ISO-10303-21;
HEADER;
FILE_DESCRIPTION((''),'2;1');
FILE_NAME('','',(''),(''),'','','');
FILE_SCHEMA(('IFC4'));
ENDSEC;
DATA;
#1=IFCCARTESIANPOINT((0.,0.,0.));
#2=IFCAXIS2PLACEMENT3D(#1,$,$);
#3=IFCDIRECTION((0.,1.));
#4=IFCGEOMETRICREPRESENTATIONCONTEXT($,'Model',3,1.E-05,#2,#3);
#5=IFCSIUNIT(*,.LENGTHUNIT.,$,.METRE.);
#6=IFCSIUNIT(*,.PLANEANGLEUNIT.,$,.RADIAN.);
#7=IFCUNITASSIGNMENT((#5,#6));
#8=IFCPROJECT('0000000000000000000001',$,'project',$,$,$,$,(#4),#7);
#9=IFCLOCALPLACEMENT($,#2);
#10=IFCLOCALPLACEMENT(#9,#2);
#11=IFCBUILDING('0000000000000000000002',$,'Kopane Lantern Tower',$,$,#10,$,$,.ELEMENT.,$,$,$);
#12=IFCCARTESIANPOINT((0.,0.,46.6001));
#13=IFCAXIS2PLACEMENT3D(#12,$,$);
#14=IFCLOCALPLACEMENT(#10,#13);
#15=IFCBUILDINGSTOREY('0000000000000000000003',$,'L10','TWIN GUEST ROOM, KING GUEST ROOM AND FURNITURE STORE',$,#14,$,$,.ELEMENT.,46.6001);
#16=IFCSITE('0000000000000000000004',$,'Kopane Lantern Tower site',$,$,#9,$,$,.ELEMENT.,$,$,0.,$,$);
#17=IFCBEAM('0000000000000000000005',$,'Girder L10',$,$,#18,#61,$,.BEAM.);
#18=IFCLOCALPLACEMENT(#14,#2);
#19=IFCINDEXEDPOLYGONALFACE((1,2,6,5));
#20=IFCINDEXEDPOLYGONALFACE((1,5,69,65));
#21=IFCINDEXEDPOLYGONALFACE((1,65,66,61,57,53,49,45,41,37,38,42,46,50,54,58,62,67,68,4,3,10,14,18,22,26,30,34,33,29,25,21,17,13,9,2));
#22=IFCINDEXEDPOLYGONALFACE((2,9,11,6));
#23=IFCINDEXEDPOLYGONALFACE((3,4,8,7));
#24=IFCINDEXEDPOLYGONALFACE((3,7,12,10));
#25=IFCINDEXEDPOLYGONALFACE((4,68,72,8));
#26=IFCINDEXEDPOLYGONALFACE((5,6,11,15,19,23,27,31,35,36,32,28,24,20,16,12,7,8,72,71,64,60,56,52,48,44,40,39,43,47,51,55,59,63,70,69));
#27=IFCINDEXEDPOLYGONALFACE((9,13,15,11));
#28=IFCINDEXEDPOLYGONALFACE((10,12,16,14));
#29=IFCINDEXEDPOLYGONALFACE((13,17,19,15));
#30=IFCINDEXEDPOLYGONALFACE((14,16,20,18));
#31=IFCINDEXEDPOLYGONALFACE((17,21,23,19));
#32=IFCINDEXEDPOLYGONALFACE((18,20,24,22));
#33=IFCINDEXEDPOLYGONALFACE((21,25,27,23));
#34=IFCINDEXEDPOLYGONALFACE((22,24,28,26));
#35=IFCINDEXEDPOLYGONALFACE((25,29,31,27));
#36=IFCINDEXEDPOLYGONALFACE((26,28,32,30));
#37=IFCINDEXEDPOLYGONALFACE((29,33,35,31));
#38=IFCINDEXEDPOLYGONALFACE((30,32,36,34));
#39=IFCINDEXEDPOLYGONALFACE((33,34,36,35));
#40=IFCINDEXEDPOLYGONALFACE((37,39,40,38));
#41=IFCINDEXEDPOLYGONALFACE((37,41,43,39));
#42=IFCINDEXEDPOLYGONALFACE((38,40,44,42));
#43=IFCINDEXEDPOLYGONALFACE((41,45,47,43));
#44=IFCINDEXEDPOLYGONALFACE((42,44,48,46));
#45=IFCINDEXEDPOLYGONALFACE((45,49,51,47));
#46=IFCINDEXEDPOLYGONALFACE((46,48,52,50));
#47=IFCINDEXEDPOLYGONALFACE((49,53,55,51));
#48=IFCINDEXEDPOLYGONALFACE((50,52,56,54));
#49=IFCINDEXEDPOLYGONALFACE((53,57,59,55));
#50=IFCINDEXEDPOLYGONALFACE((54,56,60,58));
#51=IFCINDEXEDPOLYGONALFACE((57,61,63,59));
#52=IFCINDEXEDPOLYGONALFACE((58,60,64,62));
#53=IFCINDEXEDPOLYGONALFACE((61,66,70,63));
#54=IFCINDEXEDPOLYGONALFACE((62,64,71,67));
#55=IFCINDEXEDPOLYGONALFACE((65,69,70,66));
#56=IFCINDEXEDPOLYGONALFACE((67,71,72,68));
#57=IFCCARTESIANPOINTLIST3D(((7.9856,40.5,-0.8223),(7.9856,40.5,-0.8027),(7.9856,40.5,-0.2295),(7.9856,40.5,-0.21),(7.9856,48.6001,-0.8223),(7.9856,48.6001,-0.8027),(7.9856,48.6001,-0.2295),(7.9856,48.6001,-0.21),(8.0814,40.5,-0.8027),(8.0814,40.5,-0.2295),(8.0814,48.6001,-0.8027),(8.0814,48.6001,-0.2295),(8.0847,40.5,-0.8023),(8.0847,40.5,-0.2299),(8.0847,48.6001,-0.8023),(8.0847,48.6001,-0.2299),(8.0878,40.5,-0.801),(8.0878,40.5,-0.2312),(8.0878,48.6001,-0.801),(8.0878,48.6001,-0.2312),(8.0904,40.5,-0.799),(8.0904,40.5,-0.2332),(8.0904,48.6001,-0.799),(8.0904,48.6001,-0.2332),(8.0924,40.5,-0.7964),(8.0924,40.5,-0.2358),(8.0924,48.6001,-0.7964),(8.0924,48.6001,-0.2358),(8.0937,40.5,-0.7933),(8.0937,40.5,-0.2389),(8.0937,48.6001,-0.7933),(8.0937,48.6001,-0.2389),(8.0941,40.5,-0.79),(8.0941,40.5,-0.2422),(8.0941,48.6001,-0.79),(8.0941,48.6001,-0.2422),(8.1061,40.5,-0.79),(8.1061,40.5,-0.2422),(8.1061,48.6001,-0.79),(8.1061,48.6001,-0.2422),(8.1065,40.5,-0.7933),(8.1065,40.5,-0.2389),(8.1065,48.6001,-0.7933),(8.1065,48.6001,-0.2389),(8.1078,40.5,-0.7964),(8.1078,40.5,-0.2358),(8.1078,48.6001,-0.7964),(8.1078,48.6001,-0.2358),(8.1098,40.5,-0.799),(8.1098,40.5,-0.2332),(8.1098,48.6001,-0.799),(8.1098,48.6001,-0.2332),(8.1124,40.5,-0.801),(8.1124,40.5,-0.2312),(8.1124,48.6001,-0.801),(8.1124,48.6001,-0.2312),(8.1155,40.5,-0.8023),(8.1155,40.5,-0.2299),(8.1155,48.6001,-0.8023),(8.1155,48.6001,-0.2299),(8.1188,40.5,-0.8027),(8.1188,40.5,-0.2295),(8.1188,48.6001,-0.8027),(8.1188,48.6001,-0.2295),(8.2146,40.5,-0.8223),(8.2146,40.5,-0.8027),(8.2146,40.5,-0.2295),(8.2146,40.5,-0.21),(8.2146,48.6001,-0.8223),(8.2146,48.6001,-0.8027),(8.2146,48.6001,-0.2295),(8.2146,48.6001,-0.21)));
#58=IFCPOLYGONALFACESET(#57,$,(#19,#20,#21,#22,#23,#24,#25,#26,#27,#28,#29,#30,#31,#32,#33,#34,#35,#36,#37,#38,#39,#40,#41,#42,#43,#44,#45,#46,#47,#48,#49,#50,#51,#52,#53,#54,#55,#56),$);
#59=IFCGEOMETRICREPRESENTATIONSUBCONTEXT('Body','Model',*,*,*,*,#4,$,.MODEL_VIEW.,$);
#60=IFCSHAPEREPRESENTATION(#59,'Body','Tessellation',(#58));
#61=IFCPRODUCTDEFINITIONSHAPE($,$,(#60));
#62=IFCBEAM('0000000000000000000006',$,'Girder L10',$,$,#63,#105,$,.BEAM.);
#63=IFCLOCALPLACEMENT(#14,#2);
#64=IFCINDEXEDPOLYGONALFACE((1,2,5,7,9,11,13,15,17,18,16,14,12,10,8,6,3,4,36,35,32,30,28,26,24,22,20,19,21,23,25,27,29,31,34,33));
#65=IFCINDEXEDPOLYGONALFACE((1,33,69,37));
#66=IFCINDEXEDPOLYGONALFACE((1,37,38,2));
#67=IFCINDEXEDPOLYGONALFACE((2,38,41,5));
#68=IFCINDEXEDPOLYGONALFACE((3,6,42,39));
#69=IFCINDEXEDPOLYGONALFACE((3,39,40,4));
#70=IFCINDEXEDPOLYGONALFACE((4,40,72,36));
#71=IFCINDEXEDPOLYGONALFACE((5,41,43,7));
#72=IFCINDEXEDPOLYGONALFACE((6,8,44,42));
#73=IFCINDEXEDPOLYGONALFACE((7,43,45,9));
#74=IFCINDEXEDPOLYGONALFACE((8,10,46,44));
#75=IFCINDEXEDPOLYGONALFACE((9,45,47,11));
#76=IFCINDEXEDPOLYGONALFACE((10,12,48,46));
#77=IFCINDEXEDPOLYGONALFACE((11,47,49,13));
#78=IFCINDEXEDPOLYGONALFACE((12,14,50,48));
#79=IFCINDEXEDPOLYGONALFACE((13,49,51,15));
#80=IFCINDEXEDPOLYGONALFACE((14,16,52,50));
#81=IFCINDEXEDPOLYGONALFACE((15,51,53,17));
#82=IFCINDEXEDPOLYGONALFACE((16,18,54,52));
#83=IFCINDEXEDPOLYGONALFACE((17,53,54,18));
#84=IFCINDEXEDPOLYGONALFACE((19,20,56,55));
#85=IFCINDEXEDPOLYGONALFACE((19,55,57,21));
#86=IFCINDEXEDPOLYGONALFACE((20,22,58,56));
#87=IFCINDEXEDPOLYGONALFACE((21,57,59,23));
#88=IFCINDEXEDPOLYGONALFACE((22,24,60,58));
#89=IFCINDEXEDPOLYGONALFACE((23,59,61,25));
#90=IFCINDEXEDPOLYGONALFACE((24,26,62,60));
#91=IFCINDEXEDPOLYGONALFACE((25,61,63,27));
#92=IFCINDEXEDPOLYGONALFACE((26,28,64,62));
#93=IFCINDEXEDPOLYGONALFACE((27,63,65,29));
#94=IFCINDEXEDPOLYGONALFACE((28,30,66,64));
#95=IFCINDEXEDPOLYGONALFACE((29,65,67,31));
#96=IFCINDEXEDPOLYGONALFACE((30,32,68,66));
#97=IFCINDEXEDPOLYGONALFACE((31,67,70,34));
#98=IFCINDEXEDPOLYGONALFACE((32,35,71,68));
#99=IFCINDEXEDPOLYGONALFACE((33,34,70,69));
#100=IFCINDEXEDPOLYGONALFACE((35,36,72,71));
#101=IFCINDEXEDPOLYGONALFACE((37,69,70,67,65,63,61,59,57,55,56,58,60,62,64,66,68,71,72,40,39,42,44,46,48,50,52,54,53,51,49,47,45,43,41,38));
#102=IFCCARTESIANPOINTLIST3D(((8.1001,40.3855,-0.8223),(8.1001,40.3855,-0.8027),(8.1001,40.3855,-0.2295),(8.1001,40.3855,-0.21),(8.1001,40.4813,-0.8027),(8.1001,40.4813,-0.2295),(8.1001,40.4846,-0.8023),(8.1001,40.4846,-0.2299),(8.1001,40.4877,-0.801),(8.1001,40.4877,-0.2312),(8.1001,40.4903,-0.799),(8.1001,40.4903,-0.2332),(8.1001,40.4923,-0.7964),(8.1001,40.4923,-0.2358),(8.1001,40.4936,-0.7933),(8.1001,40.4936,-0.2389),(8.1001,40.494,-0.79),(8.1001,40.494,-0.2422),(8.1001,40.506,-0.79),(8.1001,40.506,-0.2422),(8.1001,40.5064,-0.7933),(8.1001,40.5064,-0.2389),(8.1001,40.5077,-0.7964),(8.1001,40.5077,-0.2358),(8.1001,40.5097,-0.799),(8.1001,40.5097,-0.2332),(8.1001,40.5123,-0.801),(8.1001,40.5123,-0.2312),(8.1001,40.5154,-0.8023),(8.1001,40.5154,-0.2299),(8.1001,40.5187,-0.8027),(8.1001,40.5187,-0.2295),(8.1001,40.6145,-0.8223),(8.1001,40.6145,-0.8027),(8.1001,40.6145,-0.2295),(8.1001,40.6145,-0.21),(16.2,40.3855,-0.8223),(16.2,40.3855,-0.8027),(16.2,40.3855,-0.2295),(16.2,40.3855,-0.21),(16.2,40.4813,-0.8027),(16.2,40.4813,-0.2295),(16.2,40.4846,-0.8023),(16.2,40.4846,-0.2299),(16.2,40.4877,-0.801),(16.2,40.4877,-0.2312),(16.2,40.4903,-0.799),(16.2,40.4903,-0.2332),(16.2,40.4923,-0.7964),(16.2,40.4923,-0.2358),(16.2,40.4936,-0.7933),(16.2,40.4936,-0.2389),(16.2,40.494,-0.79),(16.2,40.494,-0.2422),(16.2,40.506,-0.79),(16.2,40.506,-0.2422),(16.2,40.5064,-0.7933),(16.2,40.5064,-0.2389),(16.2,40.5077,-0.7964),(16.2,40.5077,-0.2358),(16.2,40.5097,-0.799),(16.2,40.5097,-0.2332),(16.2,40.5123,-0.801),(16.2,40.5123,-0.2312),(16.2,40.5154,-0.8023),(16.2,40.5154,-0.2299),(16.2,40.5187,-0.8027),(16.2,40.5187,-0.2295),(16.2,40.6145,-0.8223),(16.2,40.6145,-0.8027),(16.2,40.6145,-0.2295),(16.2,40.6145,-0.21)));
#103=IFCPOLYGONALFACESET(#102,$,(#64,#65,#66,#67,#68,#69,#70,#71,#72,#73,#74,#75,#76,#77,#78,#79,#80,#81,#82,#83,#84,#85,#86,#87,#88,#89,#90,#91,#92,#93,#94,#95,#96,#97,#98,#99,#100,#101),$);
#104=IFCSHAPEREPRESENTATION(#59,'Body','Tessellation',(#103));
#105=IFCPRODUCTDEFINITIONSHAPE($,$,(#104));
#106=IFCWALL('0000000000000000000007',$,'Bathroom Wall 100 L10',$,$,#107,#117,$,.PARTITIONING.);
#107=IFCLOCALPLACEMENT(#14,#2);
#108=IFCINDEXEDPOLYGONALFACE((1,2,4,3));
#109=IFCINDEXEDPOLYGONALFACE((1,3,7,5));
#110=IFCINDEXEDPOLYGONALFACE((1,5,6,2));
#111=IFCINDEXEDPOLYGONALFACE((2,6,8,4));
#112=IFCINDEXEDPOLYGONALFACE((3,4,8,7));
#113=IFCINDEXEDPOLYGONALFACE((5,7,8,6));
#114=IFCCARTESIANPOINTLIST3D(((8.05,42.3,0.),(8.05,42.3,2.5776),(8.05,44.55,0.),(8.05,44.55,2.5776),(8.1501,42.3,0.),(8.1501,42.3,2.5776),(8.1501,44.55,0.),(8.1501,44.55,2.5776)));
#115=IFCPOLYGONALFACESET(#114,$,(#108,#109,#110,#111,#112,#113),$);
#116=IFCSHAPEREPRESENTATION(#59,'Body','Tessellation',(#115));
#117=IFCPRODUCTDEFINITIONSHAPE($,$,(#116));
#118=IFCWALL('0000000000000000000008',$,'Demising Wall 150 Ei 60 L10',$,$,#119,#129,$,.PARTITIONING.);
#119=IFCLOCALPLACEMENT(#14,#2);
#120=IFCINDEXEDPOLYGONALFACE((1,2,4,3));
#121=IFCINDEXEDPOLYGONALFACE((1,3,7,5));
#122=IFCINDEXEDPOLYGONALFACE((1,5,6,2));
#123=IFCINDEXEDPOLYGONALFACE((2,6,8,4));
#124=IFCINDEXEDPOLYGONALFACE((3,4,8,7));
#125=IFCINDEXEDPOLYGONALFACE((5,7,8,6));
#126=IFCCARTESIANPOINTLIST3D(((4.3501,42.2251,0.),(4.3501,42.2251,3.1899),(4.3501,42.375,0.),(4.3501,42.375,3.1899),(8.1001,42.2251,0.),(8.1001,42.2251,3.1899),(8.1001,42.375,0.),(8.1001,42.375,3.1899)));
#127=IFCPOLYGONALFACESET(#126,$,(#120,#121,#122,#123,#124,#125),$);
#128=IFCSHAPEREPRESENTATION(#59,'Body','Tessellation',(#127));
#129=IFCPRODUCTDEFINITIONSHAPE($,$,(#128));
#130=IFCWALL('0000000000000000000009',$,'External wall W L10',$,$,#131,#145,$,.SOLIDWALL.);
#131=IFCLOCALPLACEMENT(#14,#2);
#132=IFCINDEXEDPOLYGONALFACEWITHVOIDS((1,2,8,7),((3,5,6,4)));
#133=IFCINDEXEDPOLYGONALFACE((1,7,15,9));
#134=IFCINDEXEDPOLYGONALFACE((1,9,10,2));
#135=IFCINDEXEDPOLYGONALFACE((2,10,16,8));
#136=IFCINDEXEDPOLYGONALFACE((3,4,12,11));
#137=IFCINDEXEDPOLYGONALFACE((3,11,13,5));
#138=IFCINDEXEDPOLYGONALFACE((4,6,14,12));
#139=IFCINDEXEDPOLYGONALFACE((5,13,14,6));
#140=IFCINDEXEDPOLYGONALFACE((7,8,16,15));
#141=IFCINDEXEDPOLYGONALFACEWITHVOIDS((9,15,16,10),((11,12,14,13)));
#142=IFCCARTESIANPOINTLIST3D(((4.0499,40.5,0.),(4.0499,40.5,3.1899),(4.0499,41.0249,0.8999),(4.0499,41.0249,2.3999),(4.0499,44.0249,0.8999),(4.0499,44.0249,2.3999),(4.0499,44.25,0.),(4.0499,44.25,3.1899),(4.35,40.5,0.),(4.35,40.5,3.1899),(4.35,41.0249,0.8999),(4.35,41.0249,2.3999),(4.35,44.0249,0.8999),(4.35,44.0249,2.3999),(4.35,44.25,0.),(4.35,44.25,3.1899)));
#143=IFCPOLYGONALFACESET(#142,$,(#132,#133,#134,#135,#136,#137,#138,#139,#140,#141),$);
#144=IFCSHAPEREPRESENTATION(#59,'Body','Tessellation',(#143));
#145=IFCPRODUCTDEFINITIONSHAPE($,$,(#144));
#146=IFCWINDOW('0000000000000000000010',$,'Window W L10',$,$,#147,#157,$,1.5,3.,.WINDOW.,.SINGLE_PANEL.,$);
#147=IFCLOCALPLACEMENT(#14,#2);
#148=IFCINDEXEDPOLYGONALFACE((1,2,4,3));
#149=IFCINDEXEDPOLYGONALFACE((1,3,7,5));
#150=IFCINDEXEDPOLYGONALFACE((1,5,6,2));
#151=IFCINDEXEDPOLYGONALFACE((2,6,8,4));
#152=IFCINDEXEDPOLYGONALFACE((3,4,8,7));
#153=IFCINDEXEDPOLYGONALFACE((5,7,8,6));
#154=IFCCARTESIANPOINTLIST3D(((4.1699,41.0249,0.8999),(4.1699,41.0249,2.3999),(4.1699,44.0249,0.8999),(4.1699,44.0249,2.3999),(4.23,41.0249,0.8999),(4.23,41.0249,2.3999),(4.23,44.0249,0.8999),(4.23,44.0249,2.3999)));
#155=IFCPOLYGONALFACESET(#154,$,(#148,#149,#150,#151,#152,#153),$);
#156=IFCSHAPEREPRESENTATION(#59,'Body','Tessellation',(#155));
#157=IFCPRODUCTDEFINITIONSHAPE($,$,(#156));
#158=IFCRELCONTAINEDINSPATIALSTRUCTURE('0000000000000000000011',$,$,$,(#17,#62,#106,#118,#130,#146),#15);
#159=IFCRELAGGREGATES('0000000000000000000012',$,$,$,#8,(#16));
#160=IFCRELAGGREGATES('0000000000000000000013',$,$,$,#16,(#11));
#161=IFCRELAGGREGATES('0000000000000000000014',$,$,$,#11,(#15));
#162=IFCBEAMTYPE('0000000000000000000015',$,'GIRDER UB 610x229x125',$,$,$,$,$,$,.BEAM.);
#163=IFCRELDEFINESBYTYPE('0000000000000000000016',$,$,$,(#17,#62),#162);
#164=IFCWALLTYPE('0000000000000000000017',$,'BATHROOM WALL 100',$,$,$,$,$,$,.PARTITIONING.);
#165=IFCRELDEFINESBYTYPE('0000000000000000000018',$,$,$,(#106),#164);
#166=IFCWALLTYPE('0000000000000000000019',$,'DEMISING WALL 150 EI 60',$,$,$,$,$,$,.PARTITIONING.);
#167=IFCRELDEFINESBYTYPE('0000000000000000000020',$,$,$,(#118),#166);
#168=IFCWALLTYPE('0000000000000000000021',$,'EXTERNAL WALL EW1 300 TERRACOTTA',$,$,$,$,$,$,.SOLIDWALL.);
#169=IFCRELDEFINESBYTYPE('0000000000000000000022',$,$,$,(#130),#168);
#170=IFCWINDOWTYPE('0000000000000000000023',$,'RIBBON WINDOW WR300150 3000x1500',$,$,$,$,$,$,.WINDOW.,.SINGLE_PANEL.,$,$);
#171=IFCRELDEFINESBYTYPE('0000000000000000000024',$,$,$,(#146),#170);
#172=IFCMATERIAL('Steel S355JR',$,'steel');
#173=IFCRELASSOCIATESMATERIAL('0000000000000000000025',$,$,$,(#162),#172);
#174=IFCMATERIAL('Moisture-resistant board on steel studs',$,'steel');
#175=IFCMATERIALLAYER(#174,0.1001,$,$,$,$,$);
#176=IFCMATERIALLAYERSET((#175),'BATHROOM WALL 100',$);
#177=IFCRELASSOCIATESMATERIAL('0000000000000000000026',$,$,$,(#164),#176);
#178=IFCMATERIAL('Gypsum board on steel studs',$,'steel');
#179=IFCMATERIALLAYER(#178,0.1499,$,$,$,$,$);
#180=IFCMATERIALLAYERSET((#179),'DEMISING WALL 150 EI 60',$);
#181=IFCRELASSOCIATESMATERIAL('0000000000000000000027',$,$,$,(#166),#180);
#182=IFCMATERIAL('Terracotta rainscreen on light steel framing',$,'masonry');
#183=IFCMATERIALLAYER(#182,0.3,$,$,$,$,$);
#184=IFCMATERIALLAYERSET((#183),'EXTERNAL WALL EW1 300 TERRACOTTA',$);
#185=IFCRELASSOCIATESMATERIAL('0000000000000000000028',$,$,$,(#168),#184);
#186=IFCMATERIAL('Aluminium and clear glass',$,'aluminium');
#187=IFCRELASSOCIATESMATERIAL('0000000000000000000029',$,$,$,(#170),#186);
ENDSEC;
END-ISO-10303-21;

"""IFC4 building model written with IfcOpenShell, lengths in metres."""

from ifc_helpers import new_model, si_unit, direction, frame, frame_2d, origin, origin_2d, place, context, subcontext, project, spatial, rectangle, i_section, extrude, material, layer, layer_set, material_profile, profile_set, type_object, element, fill, save


model = new_model("IFC4")

# Units and contexts
model_context = context("Model", 3, precision=1e-05, world=origin(), true_north=direction((0.0, 1.0)))
body_context = subcontext(model_context, "Body", "Model", "MODEL_VIEW")
ifc_project = project(units=[si_unit("LENGTHUNIT", "METRE"), si_unit("PLANEANGLEUNIT", "RADIAN")], contexts=[model_context])

# Site, building, storey
site_placement = place(None, origin())
site = spatial("IfcSite", under=ifc_project, at=site_placement, Name="Kopane Lantern Tower site", CompositionType="ELEMENT", RefElevation=0.0)
building_placement = place(site_placement, origin())
building = spatial("IfcBuilding", under=site, at=building_placement, Name="Kopane Lantern Tower", CompositionType="ELEMENT")
storey_placement = place(building_placement, frame((0.0, 0.0, 46.6001)))
storey = spatial("IfcBuildingStorey", under=building, at=storey_placement, Name="L10", Description="TWIN GUEST ROOM, KING GUEST ROOM AND FURNITURE STORE", CompositionType="ELEMENT", Elevation=46.6001)

# Beams
ifc_material_1 = material(Name="Steel S355JR", Category="steel")
ifc_material_profile_1 = material_profile(ifc_material_1, i_section(OverallWidth=0.229, OverallDepth=0.6123, WebThickness=0.012, FlangeThickness=0.0195, FilletRadius=0.0127, at=origin_2d()), Name="UB 610x229x125")
ifc_profile_set_1 = profile_set([ifc_material_profile_1], Name="Steel S355JR")
beam_type_1 = type_object("IfcBeamType", Name="GIRDER UB 610x229x125", PredefinedType="BEAM", material=ifc_profile_set_1)
beam_1_placement = place(storey_placement, frame((8.1001, 40.5, -0.5161), z_axis=(0.0, 1.0, 0.0), x_axis=(-1.0, 0.0, 0.0)))
element("IfcBeam", 1, at=beam_1_placement, inside=storey, type_object=beam_type_1, Name="Girder L10", PredefinedType="BEAM", context=body_context, shape_type="SweptSolid", body=[
    extrude(i_section(OverallWidth=0.229, OverallDepth=0.6123, WebThickness=0.012, FlangeThickness=0.0195, FilletRadius=0.0127, at=origin_2d()), origin(), (0.0, 0.0, 1.0), 8.1001),
])
beam_2_placement = place(storey_placement, frame((8.1001, 40.5, -0.5161), z_axis=(1.0, 0.0, 0.0), x_axis=(0.0, 1.0, 0.0)))
element("IfcBeam", 2, at=beam_2_placement, inside=storey, type_object=beam_type_1, Name="Girder L10", PredefinedType="BEAM", context=body_context, shape_type="SweptSolid", body=[
    extrude(i_section(OverallWidth=0.229, OverallDepth=0.6123, WebThickness=0.012, FlangeThickness=0.0195, FilletRadius=0.0127, at=origin_2d()), origin(), (0.0, 0.0, 1.0), 8.0999),
])

# Wall
ifc_material_2 = material(Name="Moisture-resistant board on steel studs", Category="steel")
ifc_layer_1 = layer(ifc_material_2, 0.1001)
ifc_layer_set_1 = layer_set([ifc_layer_1], Name="BATHROOM WALL 100")
wall_type_1 = type_object("IfcWallType", Name="BATHROOM WALL 100", PredefinedType="PARTITIONING", material=ifc_layer_set_1)
wall_1_placement = place(storey_placement, frame((8.1001, 42.3, 0.0), z_axis=(0.0, 0.0, 1.0), x_axis=(0.0, 1.0, 0.0)))
element("IfcWall", 3, at=wall_1_placement, inside=storey, type_object=wall_type_1, Name="Bathroom Wall 100 L10", PredefinedType="PARTITIONING", context=body_context, shape_type="SweptSolid", body=[
    extrude(rectangle(XDim=2.25, YDim=0.1001, at=frame_2d((1.125, 0.0))), origin(), (0.0, 0.0, 1.0), 2.5776),
])

# Wall
ifc_material_3 = material(Name="Gypsum board on steel studs", Category="steel")
ifc_layer_2 = layer(ifc_material_3, 0.1499)
ifc_layer_set_2 = layer_set([ifc_layer_2], Name="DEMISING WALL 150 EI 60")
wall_type_2 = type_object("IfcWallType", Name="DEMISING WALL 150 EI 60", PredefinedType="PARTITIONING", material=ifc_layer_set_2)
wall_2_placement = place(storey_placement, frame((4.3501, 42.3, 0.0), z_axis=(0.0, 0.0, 1.0), x_axis=(1.0, 0.0, 0.0)))
element("IfcWall", 4, at=wall_2_placement, inside=storey, type_object=wall_type_2, Name="Demising Wall 150 Ei 60 L10", PredefinedType="PARTITIONING", context=body_context, shape_type="SweptSolid", body=[
    extrude(rectangle(XDim=3.75, YDim=0.1499, at=frame_2d((1.875, 0.0))), origin(), (0.0, 0.0, 1.0), 3.1899),
])

# Wall, opening, window
ifc_material_4 = material(Name="Terracotta rainscreen on light steel framing", Category="masonry")
ifc_layer_3 = layer(ifc_material_4, 0.3)
ifc_layer_set_3 = layer_set([ifc_layer_3], Name="EXTERNAL WALL EW1 300 TERRACOTTA")
wall_type_3 = type_object("IfcWallType", Name="EXTERNAL WALL EW1 300 TERRACOTTA", PredefinedType="SOLIDWALL", material=ifc_layer_set_3)
wall_3_placement = place(storey_placement, frame((4.2, 44.25, 0.0), z_axis=(0.0, 0.0, 1.0), x_axis=(0.0, -1.0, 0.0)))
wall_3 = element("IfcWall", 5, at=wall_3_placement, inside=storey, type_object=wall_type_3, Name="External wall W L10", PredefinedType="SOLIDWALL", context=body_context, shape_type="SweptSolid", body=[
    extrude(rectangle(XDim=3.75, YDim=0.3, at=frame_2d((1.875, 0.0))), origin(), (0.0, 0.0, 1.0), 3.1899),
])
opening_1_placement = place(wall_3_placement, frame((0.2251, 0.0, 0.8999)))
opening_1 = element("IfcOpeningElement", 6, at=opening_1_placement, cuts=wall_3, PredefinedType="OPENING", context=body_context, shape_type="SweptSolid", body=[
    extrude(rectangle(XDim=3.0, YDim=1.5, at=frame_2d((1.5, 0.75))), frame((0.0, 0.1599, 0.0), z_axis=(0.0, -1.0, 0.0), x_axis=(1.0, 0.0, 0.0)), (0.0, 0.0, 1.0), 0.3201),
])
ifc_material_5 = material(Name="Aluminium and clear glass", Category="aluminium")
window_type = type_object("IfcWindowType", Name="RIBBON WINDOW WR300150 3000x1500", PartitioningType="SINGLE_PANEL", PredefinedType="WINDOW", material=ifc_material_5)
window_placement = place(opening_1_placement, origin())
window = element("IfcWindow", 7, at=window_placement, inside=storey, type_object=window_type, Name="Window W L10", OverallHeight=1.5, OverallWidth=3.0, PartitioningType="SINGLE_PANEL", PredefinedType="WINDOW", context=body_context, shape_type="SweptSolid", body=[
    extrude(rectangle(XDim=3.0, YDim=1.5, at=frame_2d((1.5, 0.75))), frame((0.0, 0.03, 0.0), z_axis=(0.0, -1.0, 0.0), x_axis=(1.0, 0.0, 0.0)), (0.0, 0.0, 1.0), 0.0601),
])
fill(opening_1, window)

save(model, "model.ifc")
